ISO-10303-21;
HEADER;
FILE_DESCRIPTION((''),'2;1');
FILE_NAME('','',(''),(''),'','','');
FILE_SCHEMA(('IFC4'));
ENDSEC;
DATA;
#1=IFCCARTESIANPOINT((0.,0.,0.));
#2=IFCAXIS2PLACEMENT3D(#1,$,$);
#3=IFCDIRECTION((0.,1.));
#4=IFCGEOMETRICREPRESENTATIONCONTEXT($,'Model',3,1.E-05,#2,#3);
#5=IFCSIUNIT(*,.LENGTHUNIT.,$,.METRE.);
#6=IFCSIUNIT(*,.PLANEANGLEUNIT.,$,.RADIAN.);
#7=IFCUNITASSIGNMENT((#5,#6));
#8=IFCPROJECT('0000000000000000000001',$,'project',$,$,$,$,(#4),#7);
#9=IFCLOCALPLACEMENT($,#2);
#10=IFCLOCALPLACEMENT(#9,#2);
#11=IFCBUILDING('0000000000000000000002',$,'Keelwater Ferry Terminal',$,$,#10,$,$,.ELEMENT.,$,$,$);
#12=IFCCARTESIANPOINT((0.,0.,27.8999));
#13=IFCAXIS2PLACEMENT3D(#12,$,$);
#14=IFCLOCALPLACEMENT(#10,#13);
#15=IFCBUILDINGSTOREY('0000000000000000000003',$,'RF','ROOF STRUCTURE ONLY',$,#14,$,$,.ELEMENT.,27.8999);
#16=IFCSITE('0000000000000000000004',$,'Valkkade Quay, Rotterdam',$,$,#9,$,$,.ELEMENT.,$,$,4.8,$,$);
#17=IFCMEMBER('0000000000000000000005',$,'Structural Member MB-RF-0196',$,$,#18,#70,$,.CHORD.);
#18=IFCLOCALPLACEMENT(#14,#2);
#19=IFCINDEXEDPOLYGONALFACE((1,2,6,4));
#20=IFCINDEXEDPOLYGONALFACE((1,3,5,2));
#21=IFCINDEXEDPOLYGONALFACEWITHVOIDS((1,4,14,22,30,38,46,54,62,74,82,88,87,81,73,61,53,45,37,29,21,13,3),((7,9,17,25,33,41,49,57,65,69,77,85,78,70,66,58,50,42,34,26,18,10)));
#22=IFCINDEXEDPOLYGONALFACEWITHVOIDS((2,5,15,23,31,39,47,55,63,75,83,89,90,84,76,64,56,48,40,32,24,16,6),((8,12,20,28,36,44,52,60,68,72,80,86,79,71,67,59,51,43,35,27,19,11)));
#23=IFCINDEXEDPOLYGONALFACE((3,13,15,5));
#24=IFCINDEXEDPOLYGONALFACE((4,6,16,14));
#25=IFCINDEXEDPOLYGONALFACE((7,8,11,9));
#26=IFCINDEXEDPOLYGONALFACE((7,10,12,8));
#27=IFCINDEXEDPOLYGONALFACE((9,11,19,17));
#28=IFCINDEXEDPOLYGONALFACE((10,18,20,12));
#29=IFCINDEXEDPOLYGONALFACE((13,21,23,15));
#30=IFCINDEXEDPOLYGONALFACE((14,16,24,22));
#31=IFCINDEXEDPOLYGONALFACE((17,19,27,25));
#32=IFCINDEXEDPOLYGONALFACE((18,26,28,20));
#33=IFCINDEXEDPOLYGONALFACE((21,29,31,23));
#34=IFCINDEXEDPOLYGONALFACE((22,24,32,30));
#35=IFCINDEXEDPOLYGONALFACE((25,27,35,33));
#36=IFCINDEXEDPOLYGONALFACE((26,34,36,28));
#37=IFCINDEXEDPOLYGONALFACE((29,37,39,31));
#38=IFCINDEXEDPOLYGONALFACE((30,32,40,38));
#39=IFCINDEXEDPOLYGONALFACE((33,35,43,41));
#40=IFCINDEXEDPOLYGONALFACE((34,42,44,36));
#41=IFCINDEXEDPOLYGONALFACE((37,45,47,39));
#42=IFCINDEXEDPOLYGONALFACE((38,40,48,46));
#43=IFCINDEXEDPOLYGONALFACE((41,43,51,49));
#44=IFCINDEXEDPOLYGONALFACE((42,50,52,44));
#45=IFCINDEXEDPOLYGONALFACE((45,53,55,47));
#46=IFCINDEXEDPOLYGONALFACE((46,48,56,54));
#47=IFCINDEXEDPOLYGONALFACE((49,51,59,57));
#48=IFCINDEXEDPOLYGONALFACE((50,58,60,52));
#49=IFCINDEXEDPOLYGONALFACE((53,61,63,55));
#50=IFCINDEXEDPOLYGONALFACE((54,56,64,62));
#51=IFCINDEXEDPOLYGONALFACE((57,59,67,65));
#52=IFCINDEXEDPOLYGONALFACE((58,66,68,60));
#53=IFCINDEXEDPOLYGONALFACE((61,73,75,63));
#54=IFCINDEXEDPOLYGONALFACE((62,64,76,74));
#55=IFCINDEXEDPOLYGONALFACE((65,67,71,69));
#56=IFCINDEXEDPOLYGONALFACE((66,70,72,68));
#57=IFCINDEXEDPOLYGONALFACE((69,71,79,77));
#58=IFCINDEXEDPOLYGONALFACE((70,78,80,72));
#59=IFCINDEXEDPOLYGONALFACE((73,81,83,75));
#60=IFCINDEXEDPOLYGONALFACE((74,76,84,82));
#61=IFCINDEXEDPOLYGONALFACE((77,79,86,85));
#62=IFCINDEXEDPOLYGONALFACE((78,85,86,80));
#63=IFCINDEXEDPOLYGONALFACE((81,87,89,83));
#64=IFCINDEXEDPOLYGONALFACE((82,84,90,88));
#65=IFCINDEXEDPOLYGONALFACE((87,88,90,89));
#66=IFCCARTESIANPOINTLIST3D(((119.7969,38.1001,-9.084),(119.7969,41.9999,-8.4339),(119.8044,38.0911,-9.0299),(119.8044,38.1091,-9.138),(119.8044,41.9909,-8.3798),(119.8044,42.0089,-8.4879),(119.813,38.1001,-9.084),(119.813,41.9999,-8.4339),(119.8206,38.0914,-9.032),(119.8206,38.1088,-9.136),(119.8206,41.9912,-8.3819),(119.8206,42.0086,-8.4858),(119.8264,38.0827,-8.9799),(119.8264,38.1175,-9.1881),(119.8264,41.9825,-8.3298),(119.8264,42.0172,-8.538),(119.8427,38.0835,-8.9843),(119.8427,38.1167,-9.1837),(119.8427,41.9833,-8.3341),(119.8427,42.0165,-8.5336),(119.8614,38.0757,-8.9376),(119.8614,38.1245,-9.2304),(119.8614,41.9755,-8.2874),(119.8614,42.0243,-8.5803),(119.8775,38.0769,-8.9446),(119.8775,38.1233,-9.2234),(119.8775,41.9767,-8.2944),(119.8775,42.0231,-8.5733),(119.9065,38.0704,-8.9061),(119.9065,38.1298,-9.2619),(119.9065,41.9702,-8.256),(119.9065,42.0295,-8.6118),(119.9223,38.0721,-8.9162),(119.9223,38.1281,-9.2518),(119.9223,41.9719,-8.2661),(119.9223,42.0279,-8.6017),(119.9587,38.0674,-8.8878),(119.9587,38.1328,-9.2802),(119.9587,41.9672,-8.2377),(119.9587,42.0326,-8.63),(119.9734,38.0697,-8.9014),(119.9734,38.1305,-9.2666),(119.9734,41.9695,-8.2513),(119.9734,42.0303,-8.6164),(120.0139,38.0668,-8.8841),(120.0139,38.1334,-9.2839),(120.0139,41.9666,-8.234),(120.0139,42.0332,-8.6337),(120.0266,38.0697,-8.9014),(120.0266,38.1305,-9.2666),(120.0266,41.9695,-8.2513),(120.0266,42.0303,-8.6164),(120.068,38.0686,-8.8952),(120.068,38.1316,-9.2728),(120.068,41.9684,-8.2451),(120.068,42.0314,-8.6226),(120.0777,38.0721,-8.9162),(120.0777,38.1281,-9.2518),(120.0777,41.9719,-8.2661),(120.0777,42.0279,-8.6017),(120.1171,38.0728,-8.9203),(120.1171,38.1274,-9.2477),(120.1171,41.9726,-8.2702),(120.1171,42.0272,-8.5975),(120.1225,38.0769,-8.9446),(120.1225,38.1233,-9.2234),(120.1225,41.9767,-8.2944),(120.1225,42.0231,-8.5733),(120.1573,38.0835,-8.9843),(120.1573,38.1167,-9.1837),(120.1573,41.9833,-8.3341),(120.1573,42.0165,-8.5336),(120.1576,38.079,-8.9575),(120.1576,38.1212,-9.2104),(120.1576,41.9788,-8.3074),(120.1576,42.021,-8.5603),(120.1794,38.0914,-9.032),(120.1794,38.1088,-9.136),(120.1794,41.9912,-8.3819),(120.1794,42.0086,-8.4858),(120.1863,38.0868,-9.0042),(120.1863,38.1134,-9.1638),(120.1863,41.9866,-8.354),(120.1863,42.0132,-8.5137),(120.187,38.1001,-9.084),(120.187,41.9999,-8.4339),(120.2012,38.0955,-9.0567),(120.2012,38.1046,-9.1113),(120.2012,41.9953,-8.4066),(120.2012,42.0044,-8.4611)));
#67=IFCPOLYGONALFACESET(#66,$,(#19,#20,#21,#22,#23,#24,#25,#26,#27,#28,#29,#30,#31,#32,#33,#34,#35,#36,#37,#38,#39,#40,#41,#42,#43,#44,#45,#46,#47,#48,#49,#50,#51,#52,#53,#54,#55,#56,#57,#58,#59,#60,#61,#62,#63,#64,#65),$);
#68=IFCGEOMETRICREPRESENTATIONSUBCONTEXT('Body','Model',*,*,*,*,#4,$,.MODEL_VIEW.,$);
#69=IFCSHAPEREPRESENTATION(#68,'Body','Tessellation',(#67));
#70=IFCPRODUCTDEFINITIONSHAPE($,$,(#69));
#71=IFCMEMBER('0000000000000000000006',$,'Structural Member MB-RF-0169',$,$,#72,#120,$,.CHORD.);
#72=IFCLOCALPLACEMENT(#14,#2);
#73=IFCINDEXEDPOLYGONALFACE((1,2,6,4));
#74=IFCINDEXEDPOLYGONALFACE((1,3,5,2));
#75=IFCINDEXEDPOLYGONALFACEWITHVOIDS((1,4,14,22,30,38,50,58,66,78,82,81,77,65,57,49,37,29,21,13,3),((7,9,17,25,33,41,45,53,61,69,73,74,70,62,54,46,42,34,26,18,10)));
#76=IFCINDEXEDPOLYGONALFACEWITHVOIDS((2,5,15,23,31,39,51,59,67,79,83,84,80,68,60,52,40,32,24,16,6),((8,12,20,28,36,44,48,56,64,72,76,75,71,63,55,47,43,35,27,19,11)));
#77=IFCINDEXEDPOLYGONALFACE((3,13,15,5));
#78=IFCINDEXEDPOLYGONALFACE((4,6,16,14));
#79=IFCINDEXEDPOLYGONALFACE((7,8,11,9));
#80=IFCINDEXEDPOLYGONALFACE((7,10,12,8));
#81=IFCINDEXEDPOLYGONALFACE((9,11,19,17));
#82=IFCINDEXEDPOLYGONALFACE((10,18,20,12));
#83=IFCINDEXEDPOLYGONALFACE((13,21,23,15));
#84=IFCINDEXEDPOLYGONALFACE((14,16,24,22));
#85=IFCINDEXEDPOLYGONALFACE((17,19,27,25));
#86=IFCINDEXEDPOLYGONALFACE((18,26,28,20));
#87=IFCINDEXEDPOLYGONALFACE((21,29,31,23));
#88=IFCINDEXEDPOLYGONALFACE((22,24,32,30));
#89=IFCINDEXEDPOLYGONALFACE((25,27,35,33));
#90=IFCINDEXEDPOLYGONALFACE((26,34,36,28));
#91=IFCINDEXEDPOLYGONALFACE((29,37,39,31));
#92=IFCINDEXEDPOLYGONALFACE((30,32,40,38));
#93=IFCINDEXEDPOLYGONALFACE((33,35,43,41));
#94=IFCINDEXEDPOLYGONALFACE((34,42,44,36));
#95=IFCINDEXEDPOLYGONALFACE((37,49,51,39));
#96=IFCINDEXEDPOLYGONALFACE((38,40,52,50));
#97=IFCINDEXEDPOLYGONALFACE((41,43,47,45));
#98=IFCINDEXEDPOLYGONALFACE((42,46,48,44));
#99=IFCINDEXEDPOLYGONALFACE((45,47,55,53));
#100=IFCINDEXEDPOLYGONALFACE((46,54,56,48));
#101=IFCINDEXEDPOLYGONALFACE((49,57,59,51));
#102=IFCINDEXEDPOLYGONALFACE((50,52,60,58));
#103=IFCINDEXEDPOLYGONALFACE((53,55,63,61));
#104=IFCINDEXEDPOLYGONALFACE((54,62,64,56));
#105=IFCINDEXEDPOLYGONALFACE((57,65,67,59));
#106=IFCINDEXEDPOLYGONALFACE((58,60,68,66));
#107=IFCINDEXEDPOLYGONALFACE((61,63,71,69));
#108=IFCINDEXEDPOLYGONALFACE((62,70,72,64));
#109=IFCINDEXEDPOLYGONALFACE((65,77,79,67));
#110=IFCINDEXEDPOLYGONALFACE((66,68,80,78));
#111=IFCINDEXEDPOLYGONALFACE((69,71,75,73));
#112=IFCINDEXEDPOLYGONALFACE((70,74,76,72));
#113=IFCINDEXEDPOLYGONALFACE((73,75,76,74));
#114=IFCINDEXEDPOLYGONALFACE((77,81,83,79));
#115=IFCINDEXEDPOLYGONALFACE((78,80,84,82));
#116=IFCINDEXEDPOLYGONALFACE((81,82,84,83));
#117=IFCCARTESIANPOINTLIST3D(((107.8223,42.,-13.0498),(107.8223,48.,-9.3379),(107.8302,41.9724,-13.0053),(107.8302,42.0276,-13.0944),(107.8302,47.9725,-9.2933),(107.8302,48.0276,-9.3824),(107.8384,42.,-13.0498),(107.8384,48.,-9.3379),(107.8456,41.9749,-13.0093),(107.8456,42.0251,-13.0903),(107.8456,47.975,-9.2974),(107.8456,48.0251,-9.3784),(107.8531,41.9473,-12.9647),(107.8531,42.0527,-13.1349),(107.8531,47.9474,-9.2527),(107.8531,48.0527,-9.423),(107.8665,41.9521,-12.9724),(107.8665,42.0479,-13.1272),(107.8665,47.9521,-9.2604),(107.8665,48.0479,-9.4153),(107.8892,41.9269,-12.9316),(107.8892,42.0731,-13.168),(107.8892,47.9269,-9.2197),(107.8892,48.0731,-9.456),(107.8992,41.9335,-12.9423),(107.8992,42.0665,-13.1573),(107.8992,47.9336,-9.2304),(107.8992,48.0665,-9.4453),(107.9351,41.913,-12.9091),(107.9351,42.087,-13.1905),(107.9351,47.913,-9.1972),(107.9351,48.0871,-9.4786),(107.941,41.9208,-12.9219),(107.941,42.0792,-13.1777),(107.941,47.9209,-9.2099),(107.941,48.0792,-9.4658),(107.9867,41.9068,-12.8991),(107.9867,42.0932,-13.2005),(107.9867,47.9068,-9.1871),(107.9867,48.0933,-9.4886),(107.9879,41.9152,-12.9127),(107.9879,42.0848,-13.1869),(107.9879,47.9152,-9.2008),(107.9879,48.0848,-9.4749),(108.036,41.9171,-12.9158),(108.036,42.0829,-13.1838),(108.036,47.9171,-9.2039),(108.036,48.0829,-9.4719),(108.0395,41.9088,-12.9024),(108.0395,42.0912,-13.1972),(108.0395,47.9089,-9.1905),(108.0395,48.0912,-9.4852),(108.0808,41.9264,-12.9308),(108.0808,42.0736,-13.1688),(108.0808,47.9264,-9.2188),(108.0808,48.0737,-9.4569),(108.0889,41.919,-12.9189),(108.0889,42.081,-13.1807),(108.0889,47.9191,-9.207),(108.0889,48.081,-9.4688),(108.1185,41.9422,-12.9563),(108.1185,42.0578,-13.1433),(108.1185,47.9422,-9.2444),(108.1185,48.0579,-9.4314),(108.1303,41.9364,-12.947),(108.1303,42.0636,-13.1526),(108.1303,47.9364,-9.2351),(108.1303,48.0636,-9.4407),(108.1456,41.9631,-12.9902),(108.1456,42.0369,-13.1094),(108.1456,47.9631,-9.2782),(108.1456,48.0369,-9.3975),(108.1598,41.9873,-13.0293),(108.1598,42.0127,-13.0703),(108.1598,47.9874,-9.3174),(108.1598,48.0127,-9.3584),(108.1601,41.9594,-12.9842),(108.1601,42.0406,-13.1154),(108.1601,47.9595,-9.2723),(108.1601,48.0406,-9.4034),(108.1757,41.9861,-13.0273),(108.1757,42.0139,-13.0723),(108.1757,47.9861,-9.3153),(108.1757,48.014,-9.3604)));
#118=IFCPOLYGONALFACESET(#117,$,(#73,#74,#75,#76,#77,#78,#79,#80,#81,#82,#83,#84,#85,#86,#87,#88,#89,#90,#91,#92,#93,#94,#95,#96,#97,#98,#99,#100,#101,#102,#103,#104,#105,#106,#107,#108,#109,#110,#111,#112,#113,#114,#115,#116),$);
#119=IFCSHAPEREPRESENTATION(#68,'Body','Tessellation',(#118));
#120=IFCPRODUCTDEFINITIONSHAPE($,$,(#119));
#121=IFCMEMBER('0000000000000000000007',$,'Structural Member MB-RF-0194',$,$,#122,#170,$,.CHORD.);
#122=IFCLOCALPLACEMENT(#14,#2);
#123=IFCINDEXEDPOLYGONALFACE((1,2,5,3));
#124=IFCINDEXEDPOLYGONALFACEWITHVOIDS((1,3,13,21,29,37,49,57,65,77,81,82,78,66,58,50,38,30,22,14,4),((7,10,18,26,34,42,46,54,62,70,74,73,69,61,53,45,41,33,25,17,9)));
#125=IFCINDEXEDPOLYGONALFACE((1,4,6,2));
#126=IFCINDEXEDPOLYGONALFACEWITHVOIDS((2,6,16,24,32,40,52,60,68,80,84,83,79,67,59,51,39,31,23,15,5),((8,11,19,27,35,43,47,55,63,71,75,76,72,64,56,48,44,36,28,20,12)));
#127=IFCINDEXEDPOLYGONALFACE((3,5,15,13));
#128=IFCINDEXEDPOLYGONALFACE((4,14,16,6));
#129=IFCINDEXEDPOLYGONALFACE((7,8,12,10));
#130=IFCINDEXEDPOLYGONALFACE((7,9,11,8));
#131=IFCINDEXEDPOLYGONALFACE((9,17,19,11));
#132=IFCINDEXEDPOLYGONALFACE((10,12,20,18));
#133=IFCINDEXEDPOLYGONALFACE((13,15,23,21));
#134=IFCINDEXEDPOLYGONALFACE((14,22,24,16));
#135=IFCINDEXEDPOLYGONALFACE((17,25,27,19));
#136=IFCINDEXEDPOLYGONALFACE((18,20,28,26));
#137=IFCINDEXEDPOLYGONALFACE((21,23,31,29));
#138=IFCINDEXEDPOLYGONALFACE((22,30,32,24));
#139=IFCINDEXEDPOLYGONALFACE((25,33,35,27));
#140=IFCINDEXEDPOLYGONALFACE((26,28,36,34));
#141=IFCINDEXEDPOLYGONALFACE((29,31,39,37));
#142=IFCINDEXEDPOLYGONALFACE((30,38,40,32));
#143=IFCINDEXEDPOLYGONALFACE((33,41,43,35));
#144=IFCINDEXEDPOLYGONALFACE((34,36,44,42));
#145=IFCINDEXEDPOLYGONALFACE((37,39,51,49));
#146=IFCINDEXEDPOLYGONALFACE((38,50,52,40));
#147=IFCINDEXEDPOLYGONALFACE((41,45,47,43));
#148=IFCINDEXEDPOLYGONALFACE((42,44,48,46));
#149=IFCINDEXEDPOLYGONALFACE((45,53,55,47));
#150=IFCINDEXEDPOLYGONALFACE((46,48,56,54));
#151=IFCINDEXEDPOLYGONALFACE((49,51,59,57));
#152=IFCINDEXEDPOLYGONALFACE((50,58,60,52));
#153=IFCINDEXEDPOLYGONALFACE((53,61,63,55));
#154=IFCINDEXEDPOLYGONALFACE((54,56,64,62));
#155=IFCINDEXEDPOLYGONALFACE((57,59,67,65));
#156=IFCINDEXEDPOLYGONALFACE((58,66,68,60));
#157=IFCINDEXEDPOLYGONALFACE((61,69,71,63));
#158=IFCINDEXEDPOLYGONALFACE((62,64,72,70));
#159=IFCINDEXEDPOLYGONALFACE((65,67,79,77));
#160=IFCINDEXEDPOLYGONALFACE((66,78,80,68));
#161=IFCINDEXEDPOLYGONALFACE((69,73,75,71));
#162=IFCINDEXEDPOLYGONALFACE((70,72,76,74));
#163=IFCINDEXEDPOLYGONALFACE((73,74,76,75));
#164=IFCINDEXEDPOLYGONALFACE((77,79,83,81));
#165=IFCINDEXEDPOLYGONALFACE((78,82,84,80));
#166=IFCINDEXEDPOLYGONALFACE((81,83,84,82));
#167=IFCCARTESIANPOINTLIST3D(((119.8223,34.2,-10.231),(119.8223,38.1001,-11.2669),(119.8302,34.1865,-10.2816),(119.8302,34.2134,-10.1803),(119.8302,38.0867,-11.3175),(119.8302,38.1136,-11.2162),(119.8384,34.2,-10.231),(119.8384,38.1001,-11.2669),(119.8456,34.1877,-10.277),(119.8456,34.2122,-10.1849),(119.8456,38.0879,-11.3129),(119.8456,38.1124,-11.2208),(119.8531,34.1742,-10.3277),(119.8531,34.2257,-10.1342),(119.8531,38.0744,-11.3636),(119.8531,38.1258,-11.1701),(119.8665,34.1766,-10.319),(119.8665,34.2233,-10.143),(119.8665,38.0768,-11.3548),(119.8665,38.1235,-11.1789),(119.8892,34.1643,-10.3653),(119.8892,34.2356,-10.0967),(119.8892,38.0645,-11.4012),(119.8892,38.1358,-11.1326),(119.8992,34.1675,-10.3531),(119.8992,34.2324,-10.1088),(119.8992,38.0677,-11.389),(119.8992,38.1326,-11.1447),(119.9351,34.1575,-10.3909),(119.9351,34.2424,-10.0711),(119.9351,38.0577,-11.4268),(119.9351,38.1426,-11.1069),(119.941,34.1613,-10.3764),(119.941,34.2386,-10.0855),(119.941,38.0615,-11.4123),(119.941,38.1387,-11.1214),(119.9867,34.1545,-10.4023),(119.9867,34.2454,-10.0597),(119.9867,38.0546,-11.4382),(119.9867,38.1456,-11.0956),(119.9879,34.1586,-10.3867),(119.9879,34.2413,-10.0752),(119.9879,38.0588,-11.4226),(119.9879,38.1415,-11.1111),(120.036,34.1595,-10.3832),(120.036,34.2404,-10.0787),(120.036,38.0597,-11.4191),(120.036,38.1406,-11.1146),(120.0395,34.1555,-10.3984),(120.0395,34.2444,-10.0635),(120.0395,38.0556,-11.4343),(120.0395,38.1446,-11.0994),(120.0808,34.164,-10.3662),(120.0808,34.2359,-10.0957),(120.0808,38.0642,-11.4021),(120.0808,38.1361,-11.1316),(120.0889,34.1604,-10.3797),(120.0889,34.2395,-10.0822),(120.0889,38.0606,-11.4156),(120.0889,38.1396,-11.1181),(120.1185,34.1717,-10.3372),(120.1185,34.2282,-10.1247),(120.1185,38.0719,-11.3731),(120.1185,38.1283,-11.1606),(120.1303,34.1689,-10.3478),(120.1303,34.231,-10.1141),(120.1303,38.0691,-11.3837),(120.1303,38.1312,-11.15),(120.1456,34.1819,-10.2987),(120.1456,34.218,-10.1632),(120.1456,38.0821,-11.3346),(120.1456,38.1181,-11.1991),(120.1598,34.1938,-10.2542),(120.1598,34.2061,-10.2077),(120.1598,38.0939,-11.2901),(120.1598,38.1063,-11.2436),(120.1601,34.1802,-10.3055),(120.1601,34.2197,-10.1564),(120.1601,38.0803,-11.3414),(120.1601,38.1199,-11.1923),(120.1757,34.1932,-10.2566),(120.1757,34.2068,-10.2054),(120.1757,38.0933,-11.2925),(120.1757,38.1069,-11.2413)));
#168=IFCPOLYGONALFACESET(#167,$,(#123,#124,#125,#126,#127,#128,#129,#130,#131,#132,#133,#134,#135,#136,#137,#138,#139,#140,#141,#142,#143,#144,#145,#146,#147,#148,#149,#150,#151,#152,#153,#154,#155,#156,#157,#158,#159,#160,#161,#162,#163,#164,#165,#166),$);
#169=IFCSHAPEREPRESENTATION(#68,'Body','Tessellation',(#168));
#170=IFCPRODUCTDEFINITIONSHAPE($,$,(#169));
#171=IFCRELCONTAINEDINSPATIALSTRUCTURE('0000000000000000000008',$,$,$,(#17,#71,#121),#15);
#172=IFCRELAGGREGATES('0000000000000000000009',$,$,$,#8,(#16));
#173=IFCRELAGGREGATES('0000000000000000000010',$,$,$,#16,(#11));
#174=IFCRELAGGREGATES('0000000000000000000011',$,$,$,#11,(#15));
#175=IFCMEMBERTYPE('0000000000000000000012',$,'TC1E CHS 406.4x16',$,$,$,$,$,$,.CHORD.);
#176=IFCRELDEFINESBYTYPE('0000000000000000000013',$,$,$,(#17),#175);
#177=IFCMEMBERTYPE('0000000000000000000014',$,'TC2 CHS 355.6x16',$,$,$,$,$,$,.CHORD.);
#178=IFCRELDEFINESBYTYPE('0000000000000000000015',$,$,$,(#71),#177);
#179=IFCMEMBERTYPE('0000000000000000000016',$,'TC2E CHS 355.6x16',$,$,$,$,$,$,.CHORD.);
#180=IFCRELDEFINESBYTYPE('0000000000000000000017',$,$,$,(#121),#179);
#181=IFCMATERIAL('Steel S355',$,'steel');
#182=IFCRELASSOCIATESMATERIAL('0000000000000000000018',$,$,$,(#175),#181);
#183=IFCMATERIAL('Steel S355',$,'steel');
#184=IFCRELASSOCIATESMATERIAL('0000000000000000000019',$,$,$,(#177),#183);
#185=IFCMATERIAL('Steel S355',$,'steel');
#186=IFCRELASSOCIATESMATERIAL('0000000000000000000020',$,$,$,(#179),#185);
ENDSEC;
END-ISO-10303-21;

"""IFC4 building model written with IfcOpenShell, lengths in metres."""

from ifc_helpers import new_model, si_unit, direction, frame, origin, origin_2d, place, context, subcontext, project, spatial, hollow_circle, extrude, material, material_profile, profile_set, type_object, element, save


model = new_model("IFC4")

# Units and contexts
model_context = context("Model", 3, precision=1e-05, world=origin(), true_north=direction((0.0, 1.0)))
body_context = subcontext(model_context, "Body", "Model", "MODEL_VIEW")
ifc_project = project(units=[si_unit("LENGTHUNIT", "METRE"), si_unit("PLANEANGLEUNIT", "RADIAN")], contexts=[model_context])

# Site, building, storey
site_placement = place(None, origin())
site = spatial("IfcSite", under=ifc_project, at=site_placement, Name="Valkkade Quay, Rotterdam", CompositionType="ELEMENT", RefElevation=4.8)
building_placement = place(site_placement, origin())
building = spatial("IfcBuilding", under=site, at=building_placement, Name="Keelwater Ferry Terminal", CompositionType="ELEMENT")
storey_placement = place(building_placement, frame((0.0, 0.0, 27.8999)))
storey = spatial("IfcBuildingStorey", under=building, at=storey_placement, Name="RF", Description="ROOF STRUCTURE ONLY", CompositionType="ELEMENT", Elevation=27.8999)

# Members
ifc_material_1 = material(Name="Steel S355", Category="steel")
ifc_material_profile_1 = material_profile(ifc_material_1, hollow_circle(Radius=0.2031, WallThickness=0.0161, at=origin_2d()), Name="CHS 406.4x16")
ifc_profile_set_1 = profile_set([ifc_material_profile_1], Name="Steel S355")
member_type_1 = type_object("IfcMemberType", Name="TC1E CHS 406.4x16", PredefinedType="CHORD", material=ifc_profile_set_1)
member_1_placement = place(storey_placement, frame((120.0, 38.1001, -9.084), z_axis=(0.0, 0.986387, 0.164439), x_axis=(-1.0, 0.0, 0.0)))
element("IfcMember", 1, at=member_1_placement, inside=storey, type_object=member_type_1, Name="Structural Member MB-RF-0196", PredefinedType="CHORD", context=body_context, shape_type="SweptSolid", body=[
    extrude(hollow_circle(Radius=0.2031, WallThickness=0.0161, at=origin_2d()), origin(), (0.0, 0.0, 1.0), 3.9536),
])
ifc_material_2 = material(Name="Steel S355", Category="steel")
ifc_material_profile_2 = material_profile(ifc_material_2, hollow_circle(Radius=0.1777, WallThickness=0.0161, at=origin_2d()), Name="CHS 355.6x16")
ifc_profile_set_2 = profile_set([ifc_material_profile_2], Name="Steel S355")
member_type_2 = type_object("IfcMemberType", Name="TC2 CHS 355.6x16", PredefinedType="CHORD", material=ifc_profile_set_2)
member_2_placement = place(storey_placement, frame((108.0, 42.0, -13.0498), z_axis=(0.0, 0.850416, 0.526112), x_axis=(-1.0, 0.0, 0.0)))
element("IfcMember", 2, at=member_2_placement, inside=storey, type_object=member_type_2, Name="Structural Member MB-RF-0169", PredefinedType="CHORD", context=body_context, shape_type="SweptSolid", body=[
    extrude(hollow_circle(Radius=0.1777, WallThickness=0.0161, at=origin_2d()), origin(), (0.0, 0.0, 1.0), 7.0554),
])
ifc_material_3 = material(Name="Steel S355", Category="steel")
ifc_material_profile_3 = material_profile(ifc_material_3, hollow_circle(Radius=0.1777, WallThickness=0.0161, at=origin_2d()), Name="CHS 355.6x16")
ifc_profile_set_3 = profile_set([ifc_material_profile_3], Name="Steel S355")
member_type_3 = type_object("IfcMemberType", Name="TC2E CHS 355.6x16", PredefinedType="CHORD", material=ifc_profile_set_3)
member_3_placement = place(storey_placement, frame((120.0, 34.2, -10.231), z_axis=(0.0, 0.966491, -0.256702), x_axis=(-1.0, 0.0, 0.0)))
element("IfcMember", 3, at=member_3_placement, inside=storey, type_object=member_type_3, Name="Structural Member MB-RF-0194", PredefinedType="CHORD", context=body_context, shape_type="SweptSolid", body=[
    extrude(hollow_circle(Radius=0.1777, WallThickness=0.0161, at=origin_2d()), origin(), (0.0, 0.0, 1.0), 4.0354),
])

save(model, "model.ifc")
